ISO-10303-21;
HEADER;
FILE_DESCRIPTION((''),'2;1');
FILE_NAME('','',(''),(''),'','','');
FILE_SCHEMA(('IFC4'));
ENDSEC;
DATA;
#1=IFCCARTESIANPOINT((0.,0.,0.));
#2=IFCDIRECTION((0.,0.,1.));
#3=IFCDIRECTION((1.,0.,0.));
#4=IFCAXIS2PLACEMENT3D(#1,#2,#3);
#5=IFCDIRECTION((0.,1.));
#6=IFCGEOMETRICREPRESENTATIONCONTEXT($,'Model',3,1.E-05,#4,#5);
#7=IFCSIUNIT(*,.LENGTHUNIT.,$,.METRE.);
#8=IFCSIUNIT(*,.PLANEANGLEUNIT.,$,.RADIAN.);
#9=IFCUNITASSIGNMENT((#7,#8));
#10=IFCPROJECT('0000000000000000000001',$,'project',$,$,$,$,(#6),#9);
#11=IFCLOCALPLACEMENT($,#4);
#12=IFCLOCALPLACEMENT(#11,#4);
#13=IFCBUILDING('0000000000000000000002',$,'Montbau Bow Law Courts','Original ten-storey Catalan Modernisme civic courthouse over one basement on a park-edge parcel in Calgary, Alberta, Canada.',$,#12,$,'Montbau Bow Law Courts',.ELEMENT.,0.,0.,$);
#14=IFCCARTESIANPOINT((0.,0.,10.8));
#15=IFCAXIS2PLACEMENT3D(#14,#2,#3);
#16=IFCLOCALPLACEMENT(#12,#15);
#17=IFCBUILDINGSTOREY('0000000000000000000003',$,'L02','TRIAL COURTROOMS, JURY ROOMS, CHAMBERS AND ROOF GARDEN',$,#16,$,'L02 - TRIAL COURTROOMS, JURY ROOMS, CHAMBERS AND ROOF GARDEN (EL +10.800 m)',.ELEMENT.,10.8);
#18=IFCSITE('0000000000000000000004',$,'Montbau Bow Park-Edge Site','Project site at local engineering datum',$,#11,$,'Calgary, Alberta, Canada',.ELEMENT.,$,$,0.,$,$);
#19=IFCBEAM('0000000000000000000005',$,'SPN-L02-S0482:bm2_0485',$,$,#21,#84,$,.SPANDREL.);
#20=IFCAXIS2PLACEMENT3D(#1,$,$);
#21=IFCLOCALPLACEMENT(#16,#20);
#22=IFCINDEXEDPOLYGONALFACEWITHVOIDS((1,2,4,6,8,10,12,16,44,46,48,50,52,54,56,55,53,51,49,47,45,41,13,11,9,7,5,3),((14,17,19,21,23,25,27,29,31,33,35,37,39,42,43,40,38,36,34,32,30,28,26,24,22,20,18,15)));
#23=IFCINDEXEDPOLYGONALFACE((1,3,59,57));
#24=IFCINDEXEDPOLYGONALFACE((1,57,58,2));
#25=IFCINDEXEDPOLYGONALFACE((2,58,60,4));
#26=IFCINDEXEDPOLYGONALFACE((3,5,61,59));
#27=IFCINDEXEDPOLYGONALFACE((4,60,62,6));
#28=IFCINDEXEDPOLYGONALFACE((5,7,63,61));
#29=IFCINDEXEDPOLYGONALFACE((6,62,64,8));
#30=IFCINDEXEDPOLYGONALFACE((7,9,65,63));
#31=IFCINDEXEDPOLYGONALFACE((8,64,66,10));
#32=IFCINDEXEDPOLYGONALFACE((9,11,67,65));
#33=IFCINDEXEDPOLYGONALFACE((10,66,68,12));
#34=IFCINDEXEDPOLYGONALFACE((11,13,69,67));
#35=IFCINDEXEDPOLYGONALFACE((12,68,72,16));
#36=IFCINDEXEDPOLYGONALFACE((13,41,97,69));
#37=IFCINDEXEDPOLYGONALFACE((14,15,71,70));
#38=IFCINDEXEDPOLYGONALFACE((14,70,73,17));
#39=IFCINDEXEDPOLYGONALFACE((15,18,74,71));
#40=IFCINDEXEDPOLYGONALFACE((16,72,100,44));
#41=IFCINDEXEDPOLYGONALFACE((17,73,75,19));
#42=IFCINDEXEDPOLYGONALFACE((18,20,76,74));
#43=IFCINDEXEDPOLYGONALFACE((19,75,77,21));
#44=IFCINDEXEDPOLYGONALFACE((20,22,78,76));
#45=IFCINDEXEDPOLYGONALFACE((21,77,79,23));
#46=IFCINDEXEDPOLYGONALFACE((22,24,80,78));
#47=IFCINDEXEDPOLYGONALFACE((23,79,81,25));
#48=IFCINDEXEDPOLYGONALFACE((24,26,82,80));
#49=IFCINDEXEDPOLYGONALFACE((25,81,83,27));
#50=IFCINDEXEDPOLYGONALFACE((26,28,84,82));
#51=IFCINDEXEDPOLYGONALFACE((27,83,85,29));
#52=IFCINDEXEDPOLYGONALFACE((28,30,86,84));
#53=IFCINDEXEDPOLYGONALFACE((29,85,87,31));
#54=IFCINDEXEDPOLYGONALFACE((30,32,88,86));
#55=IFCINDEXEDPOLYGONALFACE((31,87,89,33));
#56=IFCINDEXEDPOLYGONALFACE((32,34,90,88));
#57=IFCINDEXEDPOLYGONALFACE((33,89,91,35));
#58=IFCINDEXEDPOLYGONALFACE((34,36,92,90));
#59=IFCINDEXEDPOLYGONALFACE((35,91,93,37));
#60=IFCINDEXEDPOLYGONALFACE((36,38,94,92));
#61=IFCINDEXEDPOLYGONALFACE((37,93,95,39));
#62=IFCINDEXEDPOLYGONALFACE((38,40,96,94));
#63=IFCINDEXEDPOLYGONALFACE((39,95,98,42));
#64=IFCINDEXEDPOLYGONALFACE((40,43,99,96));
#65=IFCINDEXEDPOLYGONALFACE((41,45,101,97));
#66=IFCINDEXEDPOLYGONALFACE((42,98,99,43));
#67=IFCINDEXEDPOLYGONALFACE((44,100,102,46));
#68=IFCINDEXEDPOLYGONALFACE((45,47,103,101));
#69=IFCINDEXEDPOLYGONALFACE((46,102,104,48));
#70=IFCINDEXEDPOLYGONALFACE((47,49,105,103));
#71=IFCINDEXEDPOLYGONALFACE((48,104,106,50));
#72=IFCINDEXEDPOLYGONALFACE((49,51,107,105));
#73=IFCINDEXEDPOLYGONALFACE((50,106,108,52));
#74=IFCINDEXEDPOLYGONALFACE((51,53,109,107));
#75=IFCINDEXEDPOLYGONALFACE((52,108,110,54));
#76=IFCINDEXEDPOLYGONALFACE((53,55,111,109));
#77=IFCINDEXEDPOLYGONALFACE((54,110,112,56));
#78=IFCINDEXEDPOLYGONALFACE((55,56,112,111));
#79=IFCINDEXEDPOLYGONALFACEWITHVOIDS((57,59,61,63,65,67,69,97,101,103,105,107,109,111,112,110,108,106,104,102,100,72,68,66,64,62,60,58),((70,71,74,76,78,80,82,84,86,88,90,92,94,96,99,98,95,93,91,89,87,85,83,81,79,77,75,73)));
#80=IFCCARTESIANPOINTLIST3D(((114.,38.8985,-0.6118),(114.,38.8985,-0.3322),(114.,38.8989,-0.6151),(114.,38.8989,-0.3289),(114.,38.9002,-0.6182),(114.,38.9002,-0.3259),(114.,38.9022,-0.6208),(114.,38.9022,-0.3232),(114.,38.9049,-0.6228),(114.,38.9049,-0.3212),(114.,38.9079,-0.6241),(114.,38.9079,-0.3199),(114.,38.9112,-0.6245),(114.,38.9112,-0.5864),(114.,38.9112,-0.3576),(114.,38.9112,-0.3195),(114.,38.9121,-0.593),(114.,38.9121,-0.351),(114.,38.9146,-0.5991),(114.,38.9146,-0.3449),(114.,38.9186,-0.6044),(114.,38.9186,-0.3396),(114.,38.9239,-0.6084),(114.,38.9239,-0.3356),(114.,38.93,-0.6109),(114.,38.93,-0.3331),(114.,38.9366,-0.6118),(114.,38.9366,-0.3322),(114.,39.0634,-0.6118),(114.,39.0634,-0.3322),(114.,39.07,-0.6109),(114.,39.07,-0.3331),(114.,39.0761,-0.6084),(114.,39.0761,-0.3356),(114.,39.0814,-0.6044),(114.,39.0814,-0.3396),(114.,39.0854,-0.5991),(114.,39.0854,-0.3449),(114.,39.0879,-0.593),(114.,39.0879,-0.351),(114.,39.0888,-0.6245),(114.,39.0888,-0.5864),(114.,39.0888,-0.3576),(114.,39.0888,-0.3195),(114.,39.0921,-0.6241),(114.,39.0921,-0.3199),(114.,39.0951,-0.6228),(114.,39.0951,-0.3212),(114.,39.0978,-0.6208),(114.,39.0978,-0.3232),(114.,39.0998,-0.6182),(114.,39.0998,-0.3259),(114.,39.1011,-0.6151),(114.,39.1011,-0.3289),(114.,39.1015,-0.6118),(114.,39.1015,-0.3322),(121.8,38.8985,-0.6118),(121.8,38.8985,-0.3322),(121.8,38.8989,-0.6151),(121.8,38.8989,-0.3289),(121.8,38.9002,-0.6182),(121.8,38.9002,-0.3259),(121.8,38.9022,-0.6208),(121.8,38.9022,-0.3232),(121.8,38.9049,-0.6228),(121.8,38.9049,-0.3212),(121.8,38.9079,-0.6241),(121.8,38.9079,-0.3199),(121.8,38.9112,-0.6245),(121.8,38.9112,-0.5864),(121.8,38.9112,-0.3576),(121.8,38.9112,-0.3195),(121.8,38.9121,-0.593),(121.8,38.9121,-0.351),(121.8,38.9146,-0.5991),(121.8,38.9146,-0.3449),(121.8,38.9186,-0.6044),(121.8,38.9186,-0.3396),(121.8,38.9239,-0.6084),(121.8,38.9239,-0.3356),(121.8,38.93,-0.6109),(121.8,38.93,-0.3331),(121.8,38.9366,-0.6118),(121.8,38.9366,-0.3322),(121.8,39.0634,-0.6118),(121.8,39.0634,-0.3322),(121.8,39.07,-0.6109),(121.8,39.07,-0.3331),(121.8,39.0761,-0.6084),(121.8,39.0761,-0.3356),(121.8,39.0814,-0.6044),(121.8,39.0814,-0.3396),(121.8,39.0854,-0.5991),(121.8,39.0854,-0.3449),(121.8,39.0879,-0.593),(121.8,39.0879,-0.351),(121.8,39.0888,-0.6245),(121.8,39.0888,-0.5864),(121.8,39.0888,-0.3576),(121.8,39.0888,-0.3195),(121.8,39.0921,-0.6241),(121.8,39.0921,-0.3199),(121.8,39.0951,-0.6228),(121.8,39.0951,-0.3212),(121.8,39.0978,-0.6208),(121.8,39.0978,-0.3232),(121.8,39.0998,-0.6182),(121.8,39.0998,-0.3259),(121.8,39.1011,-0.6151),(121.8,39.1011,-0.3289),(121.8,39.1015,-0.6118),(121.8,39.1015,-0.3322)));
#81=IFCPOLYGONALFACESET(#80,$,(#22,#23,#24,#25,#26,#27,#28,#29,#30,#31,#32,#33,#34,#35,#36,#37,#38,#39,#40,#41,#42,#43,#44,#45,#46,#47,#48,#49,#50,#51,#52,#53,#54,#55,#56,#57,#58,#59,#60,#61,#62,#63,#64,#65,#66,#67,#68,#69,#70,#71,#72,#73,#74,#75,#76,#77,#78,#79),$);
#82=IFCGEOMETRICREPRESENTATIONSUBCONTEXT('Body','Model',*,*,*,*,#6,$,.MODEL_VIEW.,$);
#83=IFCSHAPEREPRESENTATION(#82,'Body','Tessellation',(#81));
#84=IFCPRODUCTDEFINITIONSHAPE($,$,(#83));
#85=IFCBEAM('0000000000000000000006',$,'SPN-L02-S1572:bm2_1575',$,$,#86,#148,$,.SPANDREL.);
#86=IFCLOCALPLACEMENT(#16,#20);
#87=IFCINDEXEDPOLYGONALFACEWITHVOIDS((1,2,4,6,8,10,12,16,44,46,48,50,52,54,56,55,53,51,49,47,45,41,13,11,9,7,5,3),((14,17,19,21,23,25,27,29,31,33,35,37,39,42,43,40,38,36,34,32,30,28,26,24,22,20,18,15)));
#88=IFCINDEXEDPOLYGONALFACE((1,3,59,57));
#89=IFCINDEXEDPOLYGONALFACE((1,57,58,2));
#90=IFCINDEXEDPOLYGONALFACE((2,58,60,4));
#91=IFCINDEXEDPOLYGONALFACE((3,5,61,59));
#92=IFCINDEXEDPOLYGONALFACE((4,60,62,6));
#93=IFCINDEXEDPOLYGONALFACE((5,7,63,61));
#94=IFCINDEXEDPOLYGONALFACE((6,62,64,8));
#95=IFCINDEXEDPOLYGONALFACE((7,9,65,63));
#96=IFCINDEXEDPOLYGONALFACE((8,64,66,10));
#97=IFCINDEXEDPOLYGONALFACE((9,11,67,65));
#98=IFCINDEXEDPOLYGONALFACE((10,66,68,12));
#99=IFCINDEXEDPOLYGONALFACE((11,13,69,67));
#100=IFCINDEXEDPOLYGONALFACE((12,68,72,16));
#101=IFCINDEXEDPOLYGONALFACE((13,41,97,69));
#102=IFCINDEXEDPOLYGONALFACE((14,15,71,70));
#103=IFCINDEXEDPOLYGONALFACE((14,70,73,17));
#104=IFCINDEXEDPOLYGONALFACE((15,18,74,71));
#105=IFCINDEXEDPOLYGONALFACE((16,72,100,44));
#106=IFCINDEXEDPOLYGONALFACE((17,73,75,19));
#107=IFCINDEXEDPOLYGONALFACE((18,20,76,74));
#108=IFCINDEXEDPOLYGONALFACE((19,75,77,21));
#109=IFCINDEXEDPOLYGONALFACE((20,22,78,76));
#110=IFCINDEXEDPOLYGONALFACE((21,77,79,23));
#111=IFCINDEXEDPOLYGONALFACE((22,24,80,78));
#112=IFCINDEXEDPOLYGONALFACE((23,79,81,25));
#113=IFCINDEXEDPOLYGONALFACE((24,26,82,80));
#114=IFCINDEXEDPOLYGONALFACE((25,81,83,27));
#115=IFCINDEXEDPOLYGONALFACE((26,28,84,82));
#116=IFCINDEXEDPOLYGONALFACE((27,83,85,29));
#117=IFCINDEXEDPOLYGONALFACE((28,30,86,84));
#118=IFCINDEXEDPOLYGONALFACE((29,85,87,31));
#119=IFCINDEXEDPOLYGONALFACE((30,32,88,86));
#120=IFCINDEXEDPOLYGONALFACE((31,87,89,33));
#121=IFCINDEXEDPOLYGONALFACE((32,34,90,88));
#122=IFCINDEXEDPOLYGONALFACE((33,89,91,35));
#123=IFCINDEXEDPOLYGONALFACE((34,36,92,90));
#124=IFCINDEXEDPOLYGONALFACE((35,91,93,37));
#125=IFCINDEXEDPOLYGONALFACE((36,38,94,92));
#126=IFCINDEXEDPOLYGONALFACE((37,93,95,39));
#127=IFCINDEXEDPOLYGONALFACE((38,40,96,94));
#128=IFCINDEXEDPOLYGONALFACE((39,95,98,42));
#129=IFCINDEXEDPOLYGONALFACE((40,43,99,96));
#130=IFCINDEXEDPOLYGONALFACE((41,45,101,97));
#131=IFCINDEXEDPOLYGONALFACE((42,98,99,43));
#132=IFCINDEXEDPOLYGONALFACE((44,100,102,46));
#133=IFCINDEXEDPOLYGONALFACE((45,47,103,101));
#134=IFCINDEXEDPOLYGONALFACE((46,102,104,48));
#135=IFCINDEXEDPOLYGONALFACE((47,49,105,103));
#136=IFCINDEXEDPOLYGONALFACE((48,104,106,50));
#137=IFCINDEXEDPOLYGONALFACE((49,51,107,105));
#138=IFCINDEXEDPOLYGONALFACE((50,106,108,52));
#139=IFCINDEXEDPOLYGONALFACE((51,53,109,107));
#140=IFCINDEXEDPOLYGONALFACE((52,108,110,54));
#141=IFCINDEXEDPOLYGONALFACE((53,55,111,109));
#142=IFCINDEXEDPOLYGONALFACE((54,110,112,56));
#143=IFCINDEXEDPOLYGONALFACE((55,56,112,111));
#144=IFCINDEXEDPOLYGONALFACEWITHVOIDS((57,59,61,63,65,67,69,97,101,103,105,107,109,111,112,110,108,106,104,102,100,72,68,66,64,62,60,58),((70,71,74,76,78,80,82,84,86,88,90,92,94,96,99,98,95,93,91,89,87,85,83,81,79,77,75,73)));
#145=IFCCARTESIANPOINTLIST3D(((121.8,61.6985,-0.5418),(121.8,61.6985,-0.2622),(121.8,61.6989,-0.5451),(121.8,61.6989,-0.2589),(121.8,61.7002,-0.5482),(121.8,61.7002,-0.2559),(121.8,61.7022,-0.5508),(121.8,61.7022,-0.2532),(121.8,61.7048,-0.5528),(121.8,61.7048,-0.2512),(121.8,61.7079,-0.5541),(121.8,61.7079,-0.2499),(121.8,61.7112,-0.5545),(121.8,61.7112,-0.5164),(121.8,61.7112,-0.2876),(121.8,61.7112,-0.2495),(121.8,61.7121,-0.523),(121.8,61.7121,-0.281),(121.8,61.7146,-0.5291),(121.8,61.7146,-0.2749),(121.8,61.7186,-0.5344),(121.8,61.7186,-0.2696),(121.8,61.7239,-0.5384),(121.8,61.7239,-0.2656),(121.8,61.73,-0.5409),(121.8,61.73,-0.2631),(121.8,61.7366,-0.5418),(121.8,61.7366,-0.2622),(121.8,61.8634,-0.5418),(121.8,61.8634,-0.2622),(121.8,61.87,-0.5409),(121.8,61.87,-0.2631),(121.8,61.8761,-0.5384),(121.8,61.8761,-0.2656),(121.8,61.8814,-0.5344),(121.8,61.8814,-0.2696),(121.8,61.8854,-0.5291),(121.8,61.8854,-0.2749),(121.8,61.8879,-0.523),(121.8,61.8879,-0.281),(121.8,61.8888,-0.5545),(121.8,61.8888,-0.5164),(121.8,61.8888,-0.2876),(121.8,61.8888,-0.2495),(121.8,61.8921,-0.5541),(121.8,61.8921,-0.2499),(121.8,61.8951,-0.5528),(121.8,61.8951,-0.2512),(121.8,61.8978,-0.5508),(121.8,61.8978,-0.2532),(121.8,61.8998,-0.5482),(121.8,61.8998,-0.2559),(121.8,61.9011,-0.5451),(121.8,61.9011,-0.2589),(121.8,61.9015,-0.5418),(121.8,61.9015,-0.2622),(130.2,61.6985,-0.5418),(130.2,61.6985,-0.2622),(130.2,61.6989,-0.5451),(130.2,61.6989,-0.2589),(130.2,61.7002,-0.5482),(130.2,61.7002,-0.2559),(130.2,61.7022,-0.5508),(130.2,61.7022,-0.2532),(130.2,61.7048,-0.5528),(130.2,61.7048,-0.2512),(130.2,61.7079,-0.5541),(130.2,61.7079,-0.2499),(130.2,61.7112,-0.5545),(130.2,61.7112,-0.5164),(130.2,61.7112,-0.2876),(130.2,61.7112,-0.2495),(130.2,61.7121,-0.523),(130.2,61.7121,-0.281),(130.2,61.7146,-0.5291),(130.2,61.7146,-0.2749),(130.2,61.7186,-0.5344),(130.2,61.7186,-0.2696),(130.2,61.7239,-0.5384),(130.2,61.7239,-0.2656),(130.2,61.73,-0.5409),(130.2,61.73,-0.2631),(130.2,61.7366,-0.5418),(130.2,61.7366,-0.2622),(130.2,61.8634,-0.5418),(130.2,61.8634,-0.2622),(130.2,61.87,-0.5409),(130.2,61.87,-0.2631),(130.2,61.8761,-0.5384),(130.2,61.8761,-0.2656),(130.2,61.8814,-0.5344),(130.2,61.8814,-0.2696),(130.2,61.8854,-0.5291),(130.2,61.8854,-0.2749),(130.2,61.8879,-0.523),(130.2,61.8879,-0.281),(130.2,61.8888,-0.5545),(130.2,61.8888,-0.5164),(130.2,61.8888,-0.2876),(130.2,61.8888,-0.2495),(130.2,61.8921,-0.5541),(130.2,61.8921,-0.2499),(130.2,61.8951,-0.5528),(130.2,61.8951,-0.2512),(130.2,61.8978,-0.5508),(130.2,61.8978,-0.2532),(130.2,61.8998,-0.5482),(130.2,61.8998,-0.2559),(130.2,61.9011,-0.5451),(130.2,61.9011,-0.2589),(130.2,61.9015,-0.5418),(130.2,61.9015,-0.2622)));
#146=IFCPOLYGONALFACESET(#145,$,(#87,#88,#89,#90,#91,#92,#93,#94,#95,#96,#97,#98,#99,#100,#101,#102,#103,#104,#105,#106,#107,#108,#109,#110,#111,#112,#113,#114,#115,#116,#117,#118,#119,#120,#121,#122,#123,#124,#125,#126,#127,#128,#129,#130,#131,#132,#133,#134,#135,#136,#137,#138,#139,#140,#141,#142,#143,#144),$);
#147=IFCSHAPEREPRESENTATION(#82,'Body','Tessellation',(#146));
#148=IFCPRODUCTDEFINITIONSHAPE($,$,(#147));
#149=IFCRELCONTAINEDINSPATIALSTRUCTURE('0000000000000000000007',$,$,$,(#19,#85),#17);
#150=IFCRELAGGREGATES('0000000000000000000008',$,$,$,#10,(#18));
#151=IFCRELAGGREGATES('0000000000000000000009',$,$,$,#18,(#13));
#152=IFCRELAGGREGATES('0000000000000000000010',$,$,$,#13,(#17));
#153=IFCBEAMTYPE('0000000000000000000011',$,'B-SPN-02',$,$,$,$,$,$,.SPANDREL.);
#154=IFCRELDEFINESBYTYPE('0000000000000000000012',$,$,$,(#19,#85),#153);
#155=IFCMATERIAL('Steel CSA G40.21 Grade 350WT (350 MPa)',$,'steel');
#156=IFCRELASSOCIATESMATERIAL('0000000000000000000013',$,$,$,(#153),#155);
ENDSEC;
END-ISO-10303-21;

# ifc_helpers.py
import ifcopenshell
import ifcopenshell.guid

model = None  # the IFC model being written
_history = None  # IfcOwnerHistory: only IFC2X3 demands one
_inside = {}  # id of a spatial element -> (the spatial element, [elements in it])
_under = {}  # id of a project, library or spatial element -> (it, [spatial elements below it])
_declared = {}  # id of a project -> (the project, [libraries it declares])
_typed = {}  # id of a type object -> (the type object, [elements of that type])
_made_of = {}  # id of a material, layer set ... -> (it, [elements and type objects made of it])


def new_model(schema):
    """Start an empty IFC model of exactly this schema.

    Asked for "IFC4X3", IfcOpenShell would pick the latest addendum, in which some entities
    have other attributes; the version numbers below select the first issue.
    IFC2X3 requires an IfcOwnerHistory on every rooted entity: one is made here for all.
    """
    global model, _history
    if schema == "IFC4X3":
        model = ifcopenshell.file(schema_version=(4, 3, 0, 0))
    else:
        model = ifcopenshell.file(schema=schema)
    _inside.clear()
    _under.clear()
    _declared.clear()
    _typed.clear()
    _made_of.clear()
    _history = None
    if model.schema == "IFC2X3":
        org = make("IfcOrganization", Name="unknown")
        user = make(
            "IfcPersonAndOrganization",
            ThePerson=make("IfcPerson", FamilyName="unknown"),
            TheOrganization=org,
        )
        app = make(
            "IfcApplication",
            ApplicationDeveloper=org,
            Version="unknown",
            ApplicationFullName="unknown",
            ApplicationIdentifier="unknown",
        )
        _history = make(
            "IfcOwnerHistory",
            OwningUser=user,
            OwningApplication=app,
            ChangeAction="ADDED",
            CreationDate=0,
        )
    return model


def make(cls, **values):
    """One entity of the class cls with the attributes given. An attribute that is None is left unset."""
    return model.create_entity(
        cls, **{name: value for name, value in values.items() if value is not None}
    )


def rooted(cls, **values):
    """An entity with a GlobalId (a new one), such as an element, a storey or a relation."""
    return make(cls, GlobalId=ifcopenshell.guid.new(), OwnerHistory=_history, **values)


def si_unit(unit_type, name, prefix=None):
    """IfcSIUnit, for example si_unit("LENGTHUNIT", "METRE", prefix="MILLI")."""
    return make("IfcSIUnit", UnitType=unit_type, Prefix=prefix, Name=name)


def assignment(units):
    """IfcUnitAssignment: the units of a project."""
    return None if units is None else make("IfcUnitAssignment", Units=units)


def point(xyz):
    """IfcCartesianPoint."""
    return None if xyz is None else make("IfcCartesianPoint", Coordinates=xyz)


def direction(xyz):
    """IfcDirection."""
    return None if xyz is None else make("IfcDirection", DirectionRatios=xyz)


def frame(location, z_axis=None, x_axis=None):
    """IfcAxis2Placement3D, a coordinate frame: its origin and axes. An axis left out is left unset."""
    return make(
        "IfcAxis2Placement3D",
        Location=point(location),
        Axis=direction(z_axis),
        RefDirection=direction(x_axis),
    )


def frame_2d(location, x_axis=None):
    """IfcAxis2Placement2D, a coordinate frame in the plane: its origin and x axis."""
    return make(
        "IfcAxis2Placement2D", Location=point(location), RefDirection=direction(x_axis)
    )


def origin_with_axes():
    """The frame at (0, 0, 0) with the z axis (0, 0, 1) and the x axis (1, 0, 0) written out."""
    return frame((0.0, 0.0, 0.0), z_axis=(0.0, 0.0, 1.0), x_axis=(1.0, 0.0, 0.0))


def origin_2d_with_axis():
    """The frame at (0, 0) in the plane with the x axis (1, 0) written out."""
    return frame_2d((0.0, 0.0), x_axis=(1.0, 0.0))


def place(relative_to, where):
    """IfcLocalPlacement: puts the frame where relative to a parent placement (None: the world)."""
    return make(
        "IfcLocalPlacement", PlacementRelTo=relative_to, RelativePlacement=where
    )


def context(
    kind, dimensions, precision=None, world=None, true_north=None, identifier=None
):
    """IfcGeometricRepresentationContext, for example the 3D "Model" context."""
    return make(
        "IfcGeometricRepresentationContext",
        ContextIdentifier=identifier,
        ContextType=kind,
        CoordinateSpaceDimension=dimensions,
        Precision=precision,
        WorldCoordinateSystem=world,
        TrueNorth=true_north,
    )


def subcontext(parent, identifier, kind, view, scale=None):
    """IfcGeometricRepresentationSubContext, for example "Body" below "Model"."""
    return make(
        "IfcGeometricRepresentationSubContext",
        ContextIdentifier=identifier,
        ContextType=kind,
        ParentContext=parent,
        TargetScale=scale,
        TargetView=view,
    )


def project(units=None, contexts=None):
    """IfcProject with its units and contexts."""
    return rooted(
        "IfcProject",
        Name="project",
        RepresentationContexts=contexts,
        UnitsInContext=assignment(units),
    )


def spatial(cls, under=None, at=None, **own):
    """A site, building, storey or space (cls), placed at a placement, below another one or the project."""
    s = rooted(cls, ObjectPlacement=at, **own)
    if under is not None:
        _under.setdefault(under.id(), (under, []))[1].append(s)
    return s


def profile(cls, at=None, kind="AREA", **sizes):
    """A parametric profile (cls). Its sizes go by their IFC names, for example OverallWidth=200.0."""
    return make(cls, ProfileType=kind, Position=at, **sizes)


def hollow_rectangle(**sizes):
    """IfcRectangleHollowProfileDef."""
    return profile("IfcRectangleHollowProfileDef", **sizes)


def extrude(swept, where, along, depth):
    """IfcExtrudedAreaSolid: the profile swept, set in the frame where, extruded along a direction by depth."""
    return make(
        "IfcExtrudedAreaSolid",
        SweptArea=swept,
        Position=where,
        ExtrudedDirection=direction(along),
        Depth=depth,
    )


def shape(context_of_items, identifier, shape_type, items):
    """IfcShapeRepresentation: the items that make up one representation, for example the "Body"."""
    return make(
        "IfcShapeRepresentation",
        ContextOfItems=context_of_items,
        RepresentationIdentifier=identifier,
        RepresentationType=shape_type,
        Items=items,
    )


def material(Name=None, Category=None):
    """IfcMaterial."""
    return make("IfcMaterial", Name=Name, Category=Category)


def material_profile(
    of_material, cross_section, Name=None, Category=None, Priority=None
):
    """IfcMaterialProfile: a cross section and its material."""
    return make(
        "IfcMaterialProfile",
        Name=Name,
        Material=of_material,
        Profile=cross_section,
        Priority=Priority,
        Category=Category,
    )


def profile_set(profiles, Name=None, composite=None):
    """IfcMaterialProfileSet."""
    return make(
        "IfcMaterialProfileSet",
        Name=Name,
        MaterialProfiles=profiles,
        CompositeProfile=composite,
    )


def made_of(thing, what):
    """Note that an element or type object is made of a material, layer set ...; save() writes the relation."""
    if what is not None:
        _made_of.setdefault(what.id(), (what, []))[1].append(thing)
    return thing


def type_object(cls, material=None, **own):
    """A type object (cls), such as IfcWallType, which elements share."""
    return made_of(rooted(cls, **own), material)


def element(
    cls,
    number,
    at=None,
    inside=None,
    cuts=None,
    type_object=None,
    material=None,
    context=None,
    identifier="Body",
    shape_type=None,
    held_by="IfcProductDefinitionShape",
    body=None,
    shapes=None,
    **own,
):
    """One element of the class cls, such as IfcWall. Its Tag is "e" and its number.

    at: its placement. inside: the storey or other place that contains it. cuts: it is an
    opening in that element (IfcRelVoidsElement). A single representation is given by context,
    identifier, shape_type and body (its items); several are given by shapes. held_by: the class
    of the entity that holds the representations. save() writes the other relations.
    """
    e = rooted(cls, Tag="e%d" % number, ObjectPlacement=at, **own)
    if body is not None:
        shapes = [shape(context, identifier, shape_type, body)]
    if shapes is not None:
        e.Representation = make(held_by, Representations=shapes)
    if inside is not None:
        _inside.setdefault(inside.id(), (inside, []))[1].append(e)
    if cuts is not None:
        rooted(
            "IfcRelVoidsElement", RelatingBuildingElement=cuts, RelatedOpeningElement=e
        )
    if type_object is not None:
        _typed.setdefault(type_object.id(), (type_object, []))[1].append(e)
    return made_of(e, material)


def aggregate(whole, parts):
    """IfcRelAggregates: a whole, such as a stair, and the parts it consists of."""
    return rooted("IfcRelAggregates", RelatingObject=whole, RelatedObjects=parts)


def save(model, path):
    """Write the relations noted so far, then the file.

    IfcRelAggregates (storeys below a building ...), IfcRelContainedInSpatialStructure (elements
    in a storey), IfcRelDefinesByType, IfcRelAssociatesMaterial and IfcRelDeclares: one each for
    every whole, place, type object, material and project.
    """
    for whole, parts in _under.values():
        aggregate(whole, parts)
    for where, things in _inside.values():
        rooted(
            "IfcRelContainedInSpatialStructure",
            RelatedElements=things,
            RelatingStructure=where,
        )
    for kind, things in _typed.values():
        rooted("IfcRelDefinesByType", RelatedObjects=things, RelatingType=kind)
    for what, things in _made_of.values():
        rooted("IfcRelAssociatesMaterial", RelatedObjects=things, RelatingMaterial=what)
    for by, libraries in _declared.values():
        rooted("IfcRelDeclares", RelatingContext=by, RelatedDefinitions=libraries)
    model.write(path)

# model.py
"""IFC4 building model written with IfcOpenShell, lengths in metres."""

from ifc_helpers import new_model, si_unit, direction, frame, origin_with_axes, origin_2d_with_axis, place, context, subcontext, project, spatial, hollow_rectangle, extrude, material, material_profile, profile_set, type_object, element, save


model = new_model("IFC4")

# Units and contexts
model_context = context("Model", 3, precision=1e-05, world=origin_with_axes(), true_north=direction((0.0, 1.0)))
body_context = subcontext(model_context, "Body", "Model", "MODEL_VIEW")
ifc_project = project(units=[si_unit("LENGTHUNIT", "METRE"), si_unit("PLANEANGLEUNIT", "RADIAN")], contexts=[model_context])

# Site, building, storey
site_placement = place(None, origin_with_axes())
site = spatial("IfcSite", under=ifc_project, at=site_placement, Name="Montbau Bow Park-Edge Site", Description="Project site at local engineering datum", LongName="Calgary, Alberta, Canada", CompositionType="ELEMENT", RefElevation=0.0)
building_placement = place(site_placement, origin_with_axes())
building = spatial("IfcBuilding", under=site, at=building_placement, Name="Montbau Bow Law Courts", Description="Original ten-storey Catalan Modernisme civic courthouse over one basement on a park-edge parcel in Calgary, Alberta, Canada.", LongName="Montbau Bow Law Courts", CompositionType="ELEMENT", ElevationOfRefHeight=0.0, ElevationOfTerrain=0.0)
storey_placement = place(building_placement, frame((0.0, 0.0, 10.8), z_axis=(0.0, 0.0, 1.0), x_axis=(1.0, 0.0, 0.0)))
storey = spatial("IfcBuildingStorey", under=building, at=storey_placement, Name="L02", Description="TRIAL COURTROOMS, JURY ROOMS, CHAMBERS AND ROOF GARDEN", LongName="L02 - TRIAL COURTROOMS, JURY ROOMS, CHAMBERS AND ROOF GARDEN (EL +10.800 m)", CompositionType="ELEMENT", Elevation=10.8)

# Beams
ifc_material_1 = material(Name="Steel CSA G40.21 Grade 350WT (350 MPa)", Category="steel")
ifc_material_profile_1 = material_profile(ifc_material_1, hollow_rectangle(XDim=0.203, YDim=0.305, WallThickness=0.0127, InnerFilletRadius=0.0254, OuterFilletRadius=0.0127, at=origin_2d_with_axis()), Name="HSS305X203X13", Category="Main", Priority=0)
ifc_profile_set_1 = profile_set([ifc_material_profile_1], Name="Steel CSA G40.21 Grade 350WT (350 MPa)")
beam_type_1 = type_object("IfcBeamType", Name="B-SPN-02", PredefinedType="SPANDREL", material=ifc_profile_set_1)
beam_1_placement = place(None, frame((114.0, 39.0, 10.328), z_axis=(1.0, 0.0, 0.0), x_axis=(0.0, 1.0, 0.0)))
element("IfcBeam", 1, at=beam_1_placement, inside=storey, type_object=beam_type_1, Name="SPN-L02-S0482:bm2_0485", PredefinedType="SPANDREL", context=body_context, shape_type="SweptSolid", body=[
    extrude(hollow_rectangle(XDim=0.203, YDim=0.305, WallThickness=0.0127, InnerFilletRadius=0.0254, OuterFilletRadius=0.0127, at=origin_2d_with_axis()), origin_with_axes(), (0.0, 0.0, 1.0), 7.8),
])
beam_2_placement = place(None, frame((121.8, 61.8, 10.398), z_axis=(1.0, 0.0, 0.0), x_axis=(0.0, 1.0, 0.0)))
element("IfcBeam", 2, at=beam_2_placement, inside=storey, type_object=beam_type_1, Name="SPN-L02-S1572:bm2_1575", PredefinedType="SPANDREL", context=body_context, shape_type="SweptSolid", body=[
    extrude(hollow_rectangle(XDim=0.203, YDim=0.305, WallThickness=0.0127, InnerFilletRadius=0.0254, OuterFilletRadius=0.0127, at=origin_2d_with_axis()), origin_with_axes(), (0.0, 0.0, 1.0), 8.4),
])

save(model, "model.ifc")
